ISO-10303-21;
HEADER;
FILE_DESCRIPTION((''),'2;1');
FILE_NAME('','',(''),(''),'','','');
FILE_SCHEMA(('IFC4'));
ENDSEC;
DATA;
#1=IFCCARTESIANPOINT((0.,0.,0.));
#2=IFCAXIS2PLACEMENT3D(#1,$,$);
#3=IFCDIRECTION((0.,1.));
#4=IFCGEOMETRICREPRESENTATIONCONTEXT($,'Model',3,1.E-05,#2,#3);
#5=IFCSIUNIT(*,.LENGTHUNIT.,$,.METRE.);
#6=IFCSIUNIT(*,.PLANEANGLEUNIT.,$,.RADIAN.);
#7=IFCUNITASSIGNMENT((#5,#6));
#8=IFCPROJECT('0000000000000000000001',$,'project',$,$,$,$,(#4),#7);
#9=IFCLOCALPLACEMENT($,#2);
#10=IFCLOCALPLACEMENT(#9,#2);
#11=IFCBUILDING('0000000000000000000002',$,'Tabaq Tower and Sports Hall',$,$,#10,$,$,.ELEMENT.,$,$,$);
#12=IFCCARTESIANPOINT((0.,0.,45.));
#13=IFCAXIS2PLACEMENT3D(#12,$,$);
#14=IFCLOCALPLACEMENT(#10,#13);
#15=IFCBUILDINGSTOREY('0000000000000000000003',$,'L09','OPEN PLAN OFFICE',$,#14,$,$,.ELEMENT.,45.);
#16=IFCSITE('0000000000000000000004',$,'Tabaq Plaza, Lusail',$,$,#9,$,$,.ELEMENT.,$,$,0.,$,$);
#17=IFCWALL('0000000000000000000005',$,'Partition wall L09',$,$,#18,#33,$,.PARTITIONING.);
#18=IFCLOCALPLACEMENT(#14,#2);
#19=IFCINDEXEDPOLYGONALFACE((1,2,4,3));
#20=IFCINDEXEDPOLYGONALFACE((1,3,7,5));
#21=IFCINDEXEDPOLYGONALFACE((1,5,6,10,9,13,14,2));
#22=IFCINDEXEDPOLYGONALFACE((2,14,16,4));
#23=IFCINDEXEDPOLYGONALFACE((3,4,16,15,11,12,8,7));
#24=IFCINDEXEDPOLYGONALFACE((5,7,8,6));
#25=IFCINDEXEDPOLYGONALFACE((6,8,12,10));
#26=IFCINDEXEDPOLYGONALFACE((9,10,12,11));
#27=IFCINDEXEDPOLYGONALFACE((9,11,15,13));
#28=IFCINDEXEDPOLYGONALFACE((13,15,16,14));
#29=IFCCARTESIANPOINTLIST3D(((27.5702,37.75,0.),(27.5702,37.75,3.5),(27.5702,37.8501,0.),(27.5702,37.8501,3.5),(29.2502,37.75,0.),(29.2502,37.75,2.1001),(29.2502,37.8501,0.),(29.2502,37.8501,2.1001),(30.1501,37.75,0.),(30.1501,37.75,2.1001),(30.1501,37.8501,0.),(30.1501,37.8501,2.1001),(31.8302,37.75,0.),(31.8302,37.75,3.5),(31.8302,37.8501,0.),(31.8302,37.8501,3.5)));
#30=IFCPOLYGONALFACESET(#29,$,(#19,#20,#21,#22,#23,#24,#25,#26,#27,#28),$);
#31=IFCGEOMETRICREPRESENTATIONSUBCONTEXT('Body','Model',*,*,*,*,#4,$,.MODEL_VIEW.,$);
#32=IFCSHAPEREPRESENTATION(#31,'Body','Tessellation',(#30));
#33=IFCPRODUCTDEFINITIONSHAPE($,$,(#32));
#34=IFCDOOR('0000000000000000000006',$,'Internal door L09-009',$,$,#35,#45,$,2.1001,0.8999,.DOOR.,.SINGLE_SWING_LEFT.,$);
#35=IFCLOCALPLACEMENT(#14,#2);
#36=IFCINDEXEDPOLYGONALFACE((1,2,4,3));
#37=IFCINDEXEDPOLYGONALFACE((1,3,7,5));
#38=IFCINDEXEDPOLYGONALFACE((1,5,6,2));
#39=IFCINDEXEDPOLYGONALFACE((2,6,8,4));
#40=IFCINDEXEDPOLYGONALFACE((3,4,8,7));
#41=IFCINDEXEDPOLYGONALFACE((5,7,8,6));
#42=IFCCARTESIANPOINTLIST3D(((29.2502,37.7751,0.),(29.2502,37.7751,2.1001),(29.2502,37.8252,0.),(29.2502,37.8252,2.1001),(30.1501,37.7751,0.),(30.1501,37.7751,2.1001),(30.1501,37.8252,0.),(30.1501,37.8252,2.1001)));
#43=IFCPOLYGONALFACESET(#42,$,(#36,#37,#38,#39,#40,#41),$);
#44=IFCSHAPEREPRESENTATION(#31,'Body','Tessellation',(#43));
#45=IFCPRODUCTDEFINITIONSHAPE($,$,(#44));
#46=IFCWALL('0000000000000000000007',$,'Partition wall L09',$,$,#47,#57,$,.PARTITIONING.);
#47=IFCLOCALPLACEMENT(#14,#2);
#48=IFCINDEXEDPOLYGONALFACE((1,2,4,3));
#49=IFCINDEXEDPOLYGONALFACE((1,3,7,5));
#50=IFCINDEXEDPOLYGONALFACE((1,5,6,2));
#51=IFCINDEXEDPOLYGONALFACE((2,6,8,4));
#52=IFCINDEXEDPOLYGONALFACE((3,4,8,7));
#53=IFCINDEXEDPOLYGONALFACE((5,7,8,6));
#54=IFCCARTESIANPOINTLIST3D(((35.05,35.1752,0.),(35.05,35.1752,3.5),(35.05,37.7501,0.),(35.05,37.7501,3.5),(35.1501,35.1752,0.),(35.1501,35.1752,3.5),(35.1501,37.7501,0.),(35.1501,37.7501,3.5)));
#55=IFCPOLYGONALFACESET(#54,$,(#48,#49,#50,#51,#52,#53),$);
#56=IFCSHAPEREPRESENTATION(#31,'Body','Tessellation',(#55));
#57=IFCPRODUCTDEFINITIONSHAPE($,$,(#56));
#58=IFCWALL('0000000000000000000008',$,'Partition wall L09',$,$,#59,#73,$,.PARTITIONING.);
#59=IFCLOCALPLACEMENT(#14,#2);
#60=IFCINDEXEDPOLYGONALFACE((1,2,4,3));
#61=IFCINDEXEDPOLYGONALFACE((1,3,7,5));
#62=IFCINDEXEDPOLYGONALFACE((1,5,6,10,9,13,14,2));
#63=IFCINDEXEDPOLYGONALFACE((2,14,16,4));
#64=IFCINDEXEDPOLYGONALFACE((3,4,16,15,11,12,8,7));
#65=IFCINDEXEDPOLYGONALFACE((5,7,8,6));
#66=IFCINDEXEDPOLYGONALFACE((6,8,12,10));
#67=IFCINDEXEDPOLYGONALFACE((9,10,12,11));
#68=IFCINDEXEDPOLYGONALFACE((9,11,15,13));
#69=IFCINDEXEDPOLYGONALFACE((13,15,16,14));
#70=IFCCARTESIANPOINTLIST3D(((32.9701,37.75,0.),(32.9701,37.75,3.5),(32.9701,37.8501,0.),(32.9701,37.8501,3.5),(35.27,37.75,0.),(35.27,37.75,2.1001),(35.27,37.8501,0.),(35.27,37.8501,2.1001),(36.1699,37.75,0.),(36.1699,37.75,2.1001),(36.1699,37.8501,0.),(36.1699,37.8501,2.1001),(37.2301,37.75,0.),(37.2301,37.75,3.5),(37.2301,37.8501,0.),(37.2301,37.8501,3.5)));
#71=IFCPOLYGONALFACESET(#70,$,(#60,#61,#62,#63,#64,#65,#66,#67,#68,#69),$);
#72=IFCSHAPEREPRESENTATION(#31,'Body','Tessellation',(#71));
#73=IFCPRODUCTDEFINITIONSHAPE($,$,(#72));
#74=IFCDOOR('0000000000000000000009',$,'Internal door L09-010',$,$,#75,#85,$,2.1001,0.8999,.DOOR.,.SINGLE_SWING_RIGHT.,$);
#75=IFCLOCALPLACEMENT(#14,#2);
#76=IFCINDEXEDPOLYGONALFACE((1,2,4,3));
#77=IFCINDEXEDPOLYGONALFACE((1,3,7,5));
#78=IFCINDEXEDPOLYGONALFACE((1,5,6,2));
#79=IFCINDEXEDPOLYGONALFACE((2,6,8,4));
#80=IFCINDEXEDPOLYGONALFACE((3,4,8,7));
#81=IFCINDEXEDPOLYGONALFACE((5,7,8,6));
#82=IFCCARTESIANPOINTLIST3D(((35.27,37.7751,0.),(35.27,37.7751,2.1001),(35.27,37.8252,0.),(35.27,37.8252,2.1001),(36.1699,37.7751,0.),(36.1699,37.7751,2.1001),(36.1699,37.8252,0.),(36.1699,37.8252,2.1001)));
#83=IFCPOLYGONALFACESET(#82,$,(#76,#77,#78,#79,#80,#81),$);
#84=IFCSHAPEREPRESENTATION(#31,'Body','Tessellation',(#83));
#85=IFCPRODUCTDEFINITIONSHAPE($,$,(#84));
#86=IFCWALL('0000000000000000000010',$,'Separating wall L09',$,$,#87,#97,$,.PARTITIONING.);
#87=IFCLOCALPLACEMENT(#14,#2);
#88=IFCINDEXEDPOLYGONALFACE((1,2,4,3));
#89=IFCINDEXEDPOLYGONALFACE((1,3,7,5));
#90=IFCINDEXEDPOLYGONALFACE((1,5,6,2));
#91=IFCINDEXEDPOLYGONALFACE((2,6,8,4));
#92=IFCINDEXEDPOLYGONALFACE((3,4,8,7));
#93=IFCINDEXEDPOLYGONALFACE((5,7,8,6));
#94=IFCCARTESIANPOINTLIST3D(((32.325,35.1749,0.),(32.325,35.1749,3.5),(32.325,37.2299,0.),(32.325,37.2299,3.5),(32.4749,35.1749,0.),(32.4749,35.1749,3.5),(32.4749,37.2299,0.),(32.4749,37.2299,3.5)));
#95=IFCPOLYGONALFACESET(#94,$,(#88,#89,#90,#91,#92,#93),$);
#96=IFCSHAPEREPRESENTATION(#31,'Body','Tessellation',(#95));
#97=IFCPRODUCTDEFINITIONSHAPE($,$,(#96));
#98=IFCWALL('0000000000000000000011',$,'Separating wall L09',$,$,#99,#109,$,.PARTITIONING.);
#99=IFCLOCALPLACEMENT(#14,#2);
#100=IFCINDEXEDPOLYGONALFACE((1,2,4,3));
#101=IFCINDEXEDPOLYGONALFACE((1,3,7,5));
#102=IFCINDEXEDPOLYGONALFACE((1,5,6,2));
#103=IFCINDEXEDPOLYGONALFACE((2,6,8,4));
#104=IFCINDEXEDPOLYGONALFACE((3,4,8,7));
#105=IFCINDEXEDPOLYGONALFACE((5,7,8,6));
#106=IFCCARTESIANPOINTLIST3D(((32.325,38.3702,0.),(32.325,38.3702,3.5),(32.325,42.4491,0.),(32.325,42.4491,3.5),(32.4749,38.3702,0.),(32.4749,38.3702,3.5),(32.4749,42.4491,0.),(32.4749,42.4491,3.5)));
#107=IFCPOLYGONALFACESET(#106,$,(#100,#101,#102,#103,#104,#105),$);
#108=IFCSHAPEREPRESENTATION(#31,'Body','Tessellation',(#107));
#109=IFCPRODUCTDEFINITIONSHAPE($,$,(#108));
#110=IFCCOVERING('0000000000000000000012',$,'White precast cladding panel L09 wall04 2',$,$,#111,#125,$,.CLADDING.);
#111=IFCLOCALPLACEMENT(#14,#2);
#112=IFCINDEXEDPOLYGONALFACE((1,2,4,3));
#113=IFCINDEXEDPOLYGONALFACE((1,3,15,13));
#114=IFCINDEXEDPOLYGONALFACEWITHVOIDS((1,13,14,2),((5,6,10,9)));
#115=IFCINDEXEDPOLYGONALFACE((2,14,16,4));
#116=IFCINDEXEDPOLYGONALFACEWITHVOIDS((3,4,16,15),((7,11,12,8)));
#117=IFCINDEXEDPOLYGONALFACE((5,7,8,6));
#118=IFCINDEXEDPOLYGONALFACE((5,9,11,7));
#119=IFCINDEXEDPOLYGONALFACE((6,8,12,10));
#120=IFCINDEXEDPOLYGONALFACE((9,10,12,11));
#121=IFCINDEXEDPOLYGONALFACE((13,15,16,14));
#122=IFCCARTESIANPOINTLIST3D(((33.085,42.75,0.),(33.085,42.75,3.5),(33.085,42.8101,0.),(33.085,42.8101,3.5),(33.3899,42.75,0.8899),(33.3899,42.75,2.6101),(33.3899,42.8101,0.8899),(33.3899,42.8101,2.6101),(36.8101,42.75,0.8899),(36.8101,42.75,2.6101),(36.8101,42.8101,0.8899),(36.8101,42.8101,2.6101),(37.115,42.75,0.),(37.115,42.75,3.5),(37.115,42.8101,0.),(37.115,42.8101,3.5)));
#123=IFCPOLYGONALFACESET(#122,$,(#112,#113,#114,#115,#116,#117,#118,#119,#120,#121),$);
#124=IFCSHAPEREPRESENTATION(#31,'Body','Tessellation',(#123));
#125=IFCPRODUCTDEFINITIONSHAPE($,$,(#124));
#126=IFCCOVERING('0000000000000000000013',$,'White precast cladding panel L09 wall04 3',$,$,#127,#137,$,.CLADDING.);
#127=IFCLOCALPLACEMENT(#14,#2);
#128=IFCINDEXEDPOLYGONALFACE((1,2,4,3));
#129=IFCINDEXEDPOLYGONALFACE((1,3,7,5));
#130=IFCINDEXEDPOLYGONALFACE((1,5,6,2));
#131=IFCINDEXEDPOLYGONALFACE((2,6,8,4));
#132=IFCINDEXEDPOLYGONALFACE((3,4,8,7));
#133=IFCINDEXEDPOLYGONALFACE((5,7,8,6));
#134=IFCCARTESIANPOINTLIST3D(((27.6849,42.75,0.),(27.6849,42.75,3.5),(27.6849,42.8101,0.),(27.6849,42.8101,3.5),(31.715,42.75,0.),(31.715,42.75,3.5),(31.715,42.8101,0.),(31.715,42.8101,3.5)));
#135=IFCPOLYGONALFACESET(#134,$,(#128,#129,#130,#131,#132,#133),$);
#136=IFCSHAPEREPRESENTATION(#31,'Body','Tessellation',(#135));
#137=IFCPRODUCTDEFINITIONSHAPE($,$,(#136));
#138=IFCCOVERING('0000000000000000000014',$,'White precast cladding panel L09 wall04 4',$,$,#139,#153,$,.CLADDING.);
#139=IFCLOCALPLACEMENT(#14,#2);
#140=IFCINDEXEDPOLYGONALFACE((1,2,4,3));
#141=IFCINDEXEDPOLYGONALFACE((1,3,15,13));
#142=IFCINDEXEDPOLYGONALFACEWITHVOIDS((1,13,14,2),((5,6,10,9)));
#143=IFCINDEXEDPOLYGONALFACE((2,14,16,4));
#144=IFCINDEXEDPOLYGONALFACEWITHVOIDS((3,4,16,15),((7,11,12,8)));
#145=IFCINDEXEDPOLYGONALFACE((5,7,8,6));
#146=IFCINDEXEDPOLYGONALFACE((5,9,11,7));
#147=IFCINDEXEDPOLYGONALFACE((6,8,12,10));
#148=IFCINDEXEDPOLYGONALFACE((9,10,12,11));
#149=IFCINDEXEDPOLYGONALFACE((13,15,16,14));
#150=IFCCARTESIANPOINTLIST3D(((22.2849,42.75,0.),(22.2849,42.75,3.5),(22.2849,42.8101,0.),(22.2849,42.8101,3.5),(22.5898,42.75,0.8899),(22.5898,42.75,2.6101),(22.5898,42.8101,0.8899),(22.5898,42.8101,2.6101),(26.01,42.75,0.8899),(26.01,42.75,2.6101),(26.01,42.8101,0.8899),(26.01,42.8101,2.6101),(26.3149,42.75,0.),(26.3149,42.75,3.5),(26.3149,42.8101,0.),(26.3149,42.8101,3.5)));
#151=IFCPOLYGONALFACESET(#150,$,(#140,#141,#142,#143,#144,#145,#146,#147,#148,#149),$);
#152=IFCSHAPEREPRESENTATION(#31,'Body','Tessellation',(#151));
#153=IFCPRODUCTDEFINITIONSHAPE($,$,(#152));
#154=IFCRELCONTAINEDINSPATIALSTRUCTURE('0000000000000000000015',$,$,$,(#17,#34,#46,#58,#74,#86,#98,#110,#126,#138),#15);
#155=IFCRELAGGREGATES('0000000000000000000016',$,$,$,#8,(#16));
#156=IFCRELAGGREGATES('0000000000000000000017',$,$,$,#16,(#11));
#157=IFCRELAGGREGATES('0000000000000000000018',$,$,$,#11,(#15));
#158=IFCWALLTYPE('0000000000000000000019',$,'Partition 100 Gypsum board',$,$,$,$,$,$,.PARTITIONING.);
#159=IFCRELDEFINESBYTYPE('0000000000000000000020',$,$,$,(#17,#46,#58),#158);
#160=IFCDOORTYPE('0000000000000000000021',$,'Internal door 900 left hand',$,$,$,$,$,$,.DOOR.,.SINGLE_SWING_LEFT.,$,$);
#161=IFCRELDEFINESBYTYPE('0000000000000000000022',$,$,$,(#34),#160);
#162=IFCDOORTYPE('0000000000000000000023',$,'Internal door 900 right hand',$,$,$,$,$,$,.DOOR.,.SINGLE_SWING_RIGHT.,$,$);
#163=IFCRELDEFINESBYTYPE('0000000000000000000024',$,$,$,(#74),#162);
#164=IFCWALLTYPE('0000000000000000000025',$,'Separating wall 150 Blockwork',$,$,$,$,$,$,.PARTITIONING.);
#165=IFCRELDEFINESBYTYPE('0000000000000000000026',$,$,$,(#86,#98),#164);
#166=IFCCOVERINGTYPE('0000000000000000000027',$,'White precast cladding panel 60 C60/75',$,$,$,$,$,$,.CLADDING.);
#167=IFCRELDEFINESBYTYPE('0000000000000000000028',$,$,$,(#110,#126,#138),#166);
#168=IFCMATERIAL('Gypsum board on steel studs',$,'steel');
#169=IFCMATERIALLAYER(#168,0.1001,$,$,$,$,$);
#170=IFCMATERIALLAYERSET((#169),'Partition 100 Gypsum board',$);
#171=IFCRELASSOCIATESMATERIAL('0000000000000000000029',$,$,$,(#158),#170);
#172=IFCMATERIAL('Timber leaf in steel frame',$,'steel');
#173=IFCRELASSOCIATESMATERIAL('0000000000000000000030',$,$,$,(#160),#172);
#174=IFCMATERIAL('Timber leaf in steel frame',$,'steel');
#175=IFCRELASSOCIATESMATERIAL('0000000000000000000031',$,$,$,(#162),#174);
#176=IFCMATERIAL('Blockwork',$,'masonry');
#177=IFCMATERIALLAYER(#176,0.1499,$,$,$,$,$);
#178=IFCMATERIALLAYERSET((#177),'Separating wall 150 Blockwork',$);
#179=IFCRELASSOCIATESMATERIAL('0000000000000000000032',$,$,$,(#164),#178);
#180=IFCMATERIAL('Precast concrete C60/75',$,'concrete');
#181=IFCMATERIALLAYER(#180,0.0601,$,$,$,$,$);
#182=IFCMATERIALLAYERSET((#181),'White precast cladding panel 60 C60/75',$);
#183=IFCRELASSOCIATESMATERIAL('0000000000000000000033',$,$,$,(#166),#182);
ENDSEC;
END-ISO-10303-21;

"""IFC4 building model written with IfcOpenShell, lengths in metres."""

from ifc_helpers import new_model, si_unit, direction, frame, frame_2d, origin, place, context, subcontext, project, spatial, polyline, rectangle, outline, extrude, material, layer, layer_set, type_object, element, fill, save


model = new_model("IFC4")

# Units and contexts
model_context = context("Model", 3, precision=1e-05, world=origin(), true_north=direction((0.0, 1.0)))
body_context = subcontext(model_context, "Body", "Model", "MODEL_VIEW")
ifc_project = project(units=[si_unit("LENGTHUNIT", "METRE"), si_unit("PLANEANGLEUNIT", "RADIAN")], contexts=[model_context])

# Site, building, storey
site_placement = place(None, origin())
site = spatial("IfcSite", under=ifc_project, at=site_placement, Name="Tabaq Plaza, Lusail", CompositionType="ELEMENT", RefElevation=0.0)
building_placement = place(site_placement, origin())
building = spatial("IfcBuilding", under=site, at=building_placement, Name="Tabaq Tower and Sports Hall", CompositionType="ELEMENT")
storey_placement = place(building_placement, frame((0.0, 0.0, 45.0)))
storey = spatial("IfcBuildingStorey", under=building, at=storey_placement, Name="L09", Description="OPEN PLAN OFFICE", CompositionType="ELEMENT", Elevation=45.0)

# Shared definitions
ifc_material_1 = material(Name="Gypsum board on steel studs", Category="steel")
ifc_layer_1 = layer(ifc_material_1, 0.1001)
ifc_layer_set_1 = layer_set([ifc_layer_1], Name="Partition 100 Gypsum board")
wall_type_1 = type_object("IfcWallType", Name="Partition 100 Gypsum board", PredefinedType="PARTITIONING", material=ifc_layer_set_1)

# Wall, opening, door
ifc_material_2 = material(Name="Timber leaf in steel frame", Category="steel")
door_type_1 = type_object("IfcDoorType", Name="Internal door 900 left hand", OperationType="SINGLE_SWING_LEFT", PredefinedType="DOOR", material=ifc_material_2)
wall_1_placement = place(storey_placement, frame((31.8301, 37.8, 0.0), z_axis=(0.0, 0.0, 1.0), x_axis=(-1.0, 0.0, 0.0)))
wall_1 = element("IfcWall", 1, at=wall_1_placement, inside=storey, type_object=wall_type_1, Name="Partition wall L09", PredefinedType="PARTITIONING", context=body_context, shape_type="SweptSolid", body=[
    extrude(rectangle(XDim=4.26, YDim=0.1001, at=frame_2d((2.1299, 0.0))), origin(), (0.0, 0.0, 1.0), 3.5),
])
opening_1_placement = place(wall_1_placement, frame((1.6799, 0.0, 0.0)))
opening_1 = element("IfcOpeningElement", 2, at=opening_1_placement, cuts=wall_1, PredefinedType="OPENING", context=body_context, shape_type="SweptSolid", body=[
    extrude(rectangle(XDim=0.8999, YDim=2.1001, at=frame_2d((0.45, 1.05))), frame((0.0, 0.05, 0.0), z_axis=(0.0, -1.0, 0.0), x_axis=(1.0, 0.0, 0.0)), (0.0, 0.0, 1.0), 0.1001),
])
door_1_placement = place(opening_1_placement, origin())
door_1 = element("IfcDoor", 3, at=door_1_placement, inside=storey, type_object=door_type_1, Name="Internal door L09-009", OperationType="SINGLE_SWING_LEFT", OverallHeight=2.1001, OverallWidth=0.8999, PredefinedType="DOOR", context=body_context, shape_type="SweptSolid", body=[
    extrude(rectangle(XDim=0.8999, YDim=2.1001, at=frame_2d((0.45, 1.05))), frame((0.0, 0.0249, 0.0), z_axis=(0.0, -1.0, 0.0), x_axis=(1.0, 0.0, 0.0)), (0.0, 0.0, 1.0), 0.05),
])
fill(opening_1, door_1)

# Wall
wall_2_placement = place(storey_placement, frame((35.1001, 35.175, 0.0), z_axis=(0.0, 0.0, 1.0), x_axis=(0.0, 1.0, 0.0)))
element("IfcWall", 4, at=wall_2_placement, inside=storey, type_object=wall_type_1, Name="Partition wall L09", PredefinedType="PARTITIONING", context=body_context, shape_type="SweptSolid", body=[
    extrude(rectangle(XDim=2.575, YDim=0.1001, at=frame_2d((1.2876, 0.0))), origin(), (0.0, 0.0, 1.0), 3.5),
])

# Wall, opening, door
wall_3_placement = place(storey_placement, frame((37.23, 37.8, 0.0), z_axis=(0.0, 0.0, 1.0), x_axis=(-1.0, 0.0, 0.0)))
wall_3 = element("IfcWall", 5, at=wall_3_placement, inside=storey, type_object=wall_type_1, Name="Partition wall L09", PredefinedType="PARTITIONING", context=body_context, shape_type="SweptSolid", body=[
    extrude(rectangle(XDim=4.26, YDim=0.1001, at=frame_2d((2.1299, 0.0))), origin(), (0.0, 0.0, 1.0), 3.5),
])
opening_2_placement = place(wall_3_placement, frame((1.0601, 0.0, 0.0)))
opening_2 = element("IfcOpeningElement", 6, at=opening_2_placement, cuts=wall_3, PredefinedType="OPENING", context=body_context, shape_type="SweptSolid", body=[
    extrude(rectangle(XDim=0.8999, YDim=2.1001, at=frame_2d((0.45, 1.05))), frame((0.0, 0.05, 0.0), z_axis=(0.0, -1.0, 0.0), x_axis=(1.0, 0.0, 0.0)), (0.0, 0.0, 1.0), 0.1001),
])
ifc_material_3 = material(Name="Timber leaf in steel frame", Category="steel")
door_type_2 = type_object("IfcDoorType", Name="Internal door 900 right hand", OperationType="SINGLE_SWING_RIGHT", PredefinedType="DOOR", material=ifc_material_3)
door_2_placement = place(opening_2_placement, origin())
door_2 = element("IfcDoor", 7, at=door_2_placement, inside=storey, type_object=door_type_2, Name="Internal door L09-010", OperationType="SINGLE_SWING_RIGHT", OverallHeight=2.1001, OverallWidth=0.8999, PredefinedType="DOOR", context=body_context, shape_type="SweptSolid", body=[
    extrude(rectangle(XDim=0.8999, YDim=2.1001, at=frame_2d((0.45, 1.05))), frame((0.0, 0.0249, 0.0), z_axis=(0.0, -1.0, 0.0), x_axis=(1.0, 0.0, 0.0)), (0.0, 0.0, 1.0), 0.05),
])
fill(opening_2, door_2)

# Walls
ifc_material_4 = material(Name="Blockwork", Category="masonry")
ifc_layer_2 = layer(ifc_material_4, 0.1499)
ifc_layer_set_2 = layer_set([ifc_layer_2], Name="Separating wall 150 Blockwork")
wall_type_2 = type_object("IfcWallType", Name="Separating wall 150 Blockwork", PredefinedType="PARTITIONING", material=ifc_layer_set_2)
wall_4_placement = place(storey_placement, frame((32.3999, 35.175, 0.0), z_axis=(0.0, 0.0, 1.0), x_axis=(0.0, 1.0, 0.0)))
element("IfcWall", 8, at=wall_4_placement, inside=storey, type_object=wall_type_2, Name="Separating wall L09", PredefinedType="PARTITIONING", context=body_context, shape_type="SweptSolid", body=[
    extrude(rectangle(XDim=2.0549, YDim=0.1499, at=frame_2d((1.0273, 0.0))), origin(), (0.0, 0.0, 1.0), 3.5),
])
wall_5_placement = place(storey_placement, frame((32.3999, 38.3701, 0.0), z_axis=(0.0, 0.0, 1.0), x_axis=(0.0, 1.0, 0.0)))
element("IfcWall", 9, at=wall_5_placement, inside=storey, type_object=wall_type_2, Name="Separating wall L09", PredefinedType="PARTITIONING", context=body_context, shape_type="SweptSolid", body=[
    extrude(rectangle(XDim=4.0789, YDim=0.1499, at=frame_2d((2.0396, 0.0))), origin(), (0.0, 0.0, 1.0), 3.5),
])

# Coverings
ifc_material_5 = material(Name="Precast concrete C60/75", Category="concrete")
ifc_layer_3 = layer(ifc_material_5, 0.0601)
ifc_layer_set_3 = layer_set([ifc_layer_3], Name="White precast cladding panel 60 C60/75")
covering_type = type_object("IfcCoveringType", Name="White precast cladding panel 60 C60/75", PredefinedType="CLADDING", material=ifc_layer_set_3)
covering_1_placement = place(storey_placement, frame((37.115, 42.78, 0.0), z_axis=(0.0, 0.0, 1.0), x_axis=(-1.0, 0.0, 0.0)))
element("IfcCovering", 10, at=covering_1_placement, inside=storey, type_object=covering_type, Name="White precast cladding panel L09 wall04 2", PredefinedType="CLADDING", context=body_context, shape_type="SweptSolid", body=[
    extrude(outline(polyline([(0.0, 0.0), (4.03, 0.0), (4.03, 3.5), (0.0, 3.5), (0.0, 0.0)]), holes=[polyline([(0.3049, 0.8899), (0.3049, 2.6101), (3.7251, 2.6101), (3.7251, 0.8899), (0.3049, 0.8899)])]), frame((0.0, 0.03, 0.0), z_axis=(0.0, -1.0, 0.0), x_axis=(1.0, 0.0, 0.0)), (0.0, 0.0, 1.0), 0.0601),
])
covering_2_placement = place(storey_placement, frame((31.7151, 42.78, 0.0), z_axis=(0.0, 0.0, 1.0), x_axis=(-1.0, 0.0, 0.0)))
element("IfcCovering", 11, at=covering_2_placement, inside=storey, type_object=covering_type, Name="White precast cladding panel L09 wall04 3", PredefinedType="CLADDING", context=body_context, shape_type="SweptSolid", body=[
    extrude(rectangle(XDim=4.03, YDim=0.0601, at=frame_2d((2.0151, 0.0))), origin(), (0.0, 0.0, 1.0), 3.5),
])
covering_3_placement = place(storey_placement, frame((26.3149, 42.78, 0.0), z_axis=(0.0, 0.0, 1.0), x_axis=(-1.0, 0.0, 0.0)))
element("IfcCovering", 12, at=covering_3_placement, inside=storey, type_object=covering_type, Name="White precast cladding panel L09 wall04 4", PredefinedType="CLADDING", context=body_context, shape_type="SweptSolid", body=[
    extrude(outline(polyline([(0.0, 0.0), (4.03, 0.0), (4.03, 3.5), (0.0, 3.5), (0.0, 0.0)]), holes=[polyline([(0.3049, 0.8899), (0.3049, 2.6101), (3.7251, 2.6101), (3.7251, 0.8899), (0.3049, 0.8899)])]), frame((0.0, 0.03, 0.0), z_axis=(0.0, -1.0, 0.0), x_axis=(1.0, 0.0, 0.0)), (0.0, 0.0, 1.0), 0.0601),
])

save(model, "model.ifc")
